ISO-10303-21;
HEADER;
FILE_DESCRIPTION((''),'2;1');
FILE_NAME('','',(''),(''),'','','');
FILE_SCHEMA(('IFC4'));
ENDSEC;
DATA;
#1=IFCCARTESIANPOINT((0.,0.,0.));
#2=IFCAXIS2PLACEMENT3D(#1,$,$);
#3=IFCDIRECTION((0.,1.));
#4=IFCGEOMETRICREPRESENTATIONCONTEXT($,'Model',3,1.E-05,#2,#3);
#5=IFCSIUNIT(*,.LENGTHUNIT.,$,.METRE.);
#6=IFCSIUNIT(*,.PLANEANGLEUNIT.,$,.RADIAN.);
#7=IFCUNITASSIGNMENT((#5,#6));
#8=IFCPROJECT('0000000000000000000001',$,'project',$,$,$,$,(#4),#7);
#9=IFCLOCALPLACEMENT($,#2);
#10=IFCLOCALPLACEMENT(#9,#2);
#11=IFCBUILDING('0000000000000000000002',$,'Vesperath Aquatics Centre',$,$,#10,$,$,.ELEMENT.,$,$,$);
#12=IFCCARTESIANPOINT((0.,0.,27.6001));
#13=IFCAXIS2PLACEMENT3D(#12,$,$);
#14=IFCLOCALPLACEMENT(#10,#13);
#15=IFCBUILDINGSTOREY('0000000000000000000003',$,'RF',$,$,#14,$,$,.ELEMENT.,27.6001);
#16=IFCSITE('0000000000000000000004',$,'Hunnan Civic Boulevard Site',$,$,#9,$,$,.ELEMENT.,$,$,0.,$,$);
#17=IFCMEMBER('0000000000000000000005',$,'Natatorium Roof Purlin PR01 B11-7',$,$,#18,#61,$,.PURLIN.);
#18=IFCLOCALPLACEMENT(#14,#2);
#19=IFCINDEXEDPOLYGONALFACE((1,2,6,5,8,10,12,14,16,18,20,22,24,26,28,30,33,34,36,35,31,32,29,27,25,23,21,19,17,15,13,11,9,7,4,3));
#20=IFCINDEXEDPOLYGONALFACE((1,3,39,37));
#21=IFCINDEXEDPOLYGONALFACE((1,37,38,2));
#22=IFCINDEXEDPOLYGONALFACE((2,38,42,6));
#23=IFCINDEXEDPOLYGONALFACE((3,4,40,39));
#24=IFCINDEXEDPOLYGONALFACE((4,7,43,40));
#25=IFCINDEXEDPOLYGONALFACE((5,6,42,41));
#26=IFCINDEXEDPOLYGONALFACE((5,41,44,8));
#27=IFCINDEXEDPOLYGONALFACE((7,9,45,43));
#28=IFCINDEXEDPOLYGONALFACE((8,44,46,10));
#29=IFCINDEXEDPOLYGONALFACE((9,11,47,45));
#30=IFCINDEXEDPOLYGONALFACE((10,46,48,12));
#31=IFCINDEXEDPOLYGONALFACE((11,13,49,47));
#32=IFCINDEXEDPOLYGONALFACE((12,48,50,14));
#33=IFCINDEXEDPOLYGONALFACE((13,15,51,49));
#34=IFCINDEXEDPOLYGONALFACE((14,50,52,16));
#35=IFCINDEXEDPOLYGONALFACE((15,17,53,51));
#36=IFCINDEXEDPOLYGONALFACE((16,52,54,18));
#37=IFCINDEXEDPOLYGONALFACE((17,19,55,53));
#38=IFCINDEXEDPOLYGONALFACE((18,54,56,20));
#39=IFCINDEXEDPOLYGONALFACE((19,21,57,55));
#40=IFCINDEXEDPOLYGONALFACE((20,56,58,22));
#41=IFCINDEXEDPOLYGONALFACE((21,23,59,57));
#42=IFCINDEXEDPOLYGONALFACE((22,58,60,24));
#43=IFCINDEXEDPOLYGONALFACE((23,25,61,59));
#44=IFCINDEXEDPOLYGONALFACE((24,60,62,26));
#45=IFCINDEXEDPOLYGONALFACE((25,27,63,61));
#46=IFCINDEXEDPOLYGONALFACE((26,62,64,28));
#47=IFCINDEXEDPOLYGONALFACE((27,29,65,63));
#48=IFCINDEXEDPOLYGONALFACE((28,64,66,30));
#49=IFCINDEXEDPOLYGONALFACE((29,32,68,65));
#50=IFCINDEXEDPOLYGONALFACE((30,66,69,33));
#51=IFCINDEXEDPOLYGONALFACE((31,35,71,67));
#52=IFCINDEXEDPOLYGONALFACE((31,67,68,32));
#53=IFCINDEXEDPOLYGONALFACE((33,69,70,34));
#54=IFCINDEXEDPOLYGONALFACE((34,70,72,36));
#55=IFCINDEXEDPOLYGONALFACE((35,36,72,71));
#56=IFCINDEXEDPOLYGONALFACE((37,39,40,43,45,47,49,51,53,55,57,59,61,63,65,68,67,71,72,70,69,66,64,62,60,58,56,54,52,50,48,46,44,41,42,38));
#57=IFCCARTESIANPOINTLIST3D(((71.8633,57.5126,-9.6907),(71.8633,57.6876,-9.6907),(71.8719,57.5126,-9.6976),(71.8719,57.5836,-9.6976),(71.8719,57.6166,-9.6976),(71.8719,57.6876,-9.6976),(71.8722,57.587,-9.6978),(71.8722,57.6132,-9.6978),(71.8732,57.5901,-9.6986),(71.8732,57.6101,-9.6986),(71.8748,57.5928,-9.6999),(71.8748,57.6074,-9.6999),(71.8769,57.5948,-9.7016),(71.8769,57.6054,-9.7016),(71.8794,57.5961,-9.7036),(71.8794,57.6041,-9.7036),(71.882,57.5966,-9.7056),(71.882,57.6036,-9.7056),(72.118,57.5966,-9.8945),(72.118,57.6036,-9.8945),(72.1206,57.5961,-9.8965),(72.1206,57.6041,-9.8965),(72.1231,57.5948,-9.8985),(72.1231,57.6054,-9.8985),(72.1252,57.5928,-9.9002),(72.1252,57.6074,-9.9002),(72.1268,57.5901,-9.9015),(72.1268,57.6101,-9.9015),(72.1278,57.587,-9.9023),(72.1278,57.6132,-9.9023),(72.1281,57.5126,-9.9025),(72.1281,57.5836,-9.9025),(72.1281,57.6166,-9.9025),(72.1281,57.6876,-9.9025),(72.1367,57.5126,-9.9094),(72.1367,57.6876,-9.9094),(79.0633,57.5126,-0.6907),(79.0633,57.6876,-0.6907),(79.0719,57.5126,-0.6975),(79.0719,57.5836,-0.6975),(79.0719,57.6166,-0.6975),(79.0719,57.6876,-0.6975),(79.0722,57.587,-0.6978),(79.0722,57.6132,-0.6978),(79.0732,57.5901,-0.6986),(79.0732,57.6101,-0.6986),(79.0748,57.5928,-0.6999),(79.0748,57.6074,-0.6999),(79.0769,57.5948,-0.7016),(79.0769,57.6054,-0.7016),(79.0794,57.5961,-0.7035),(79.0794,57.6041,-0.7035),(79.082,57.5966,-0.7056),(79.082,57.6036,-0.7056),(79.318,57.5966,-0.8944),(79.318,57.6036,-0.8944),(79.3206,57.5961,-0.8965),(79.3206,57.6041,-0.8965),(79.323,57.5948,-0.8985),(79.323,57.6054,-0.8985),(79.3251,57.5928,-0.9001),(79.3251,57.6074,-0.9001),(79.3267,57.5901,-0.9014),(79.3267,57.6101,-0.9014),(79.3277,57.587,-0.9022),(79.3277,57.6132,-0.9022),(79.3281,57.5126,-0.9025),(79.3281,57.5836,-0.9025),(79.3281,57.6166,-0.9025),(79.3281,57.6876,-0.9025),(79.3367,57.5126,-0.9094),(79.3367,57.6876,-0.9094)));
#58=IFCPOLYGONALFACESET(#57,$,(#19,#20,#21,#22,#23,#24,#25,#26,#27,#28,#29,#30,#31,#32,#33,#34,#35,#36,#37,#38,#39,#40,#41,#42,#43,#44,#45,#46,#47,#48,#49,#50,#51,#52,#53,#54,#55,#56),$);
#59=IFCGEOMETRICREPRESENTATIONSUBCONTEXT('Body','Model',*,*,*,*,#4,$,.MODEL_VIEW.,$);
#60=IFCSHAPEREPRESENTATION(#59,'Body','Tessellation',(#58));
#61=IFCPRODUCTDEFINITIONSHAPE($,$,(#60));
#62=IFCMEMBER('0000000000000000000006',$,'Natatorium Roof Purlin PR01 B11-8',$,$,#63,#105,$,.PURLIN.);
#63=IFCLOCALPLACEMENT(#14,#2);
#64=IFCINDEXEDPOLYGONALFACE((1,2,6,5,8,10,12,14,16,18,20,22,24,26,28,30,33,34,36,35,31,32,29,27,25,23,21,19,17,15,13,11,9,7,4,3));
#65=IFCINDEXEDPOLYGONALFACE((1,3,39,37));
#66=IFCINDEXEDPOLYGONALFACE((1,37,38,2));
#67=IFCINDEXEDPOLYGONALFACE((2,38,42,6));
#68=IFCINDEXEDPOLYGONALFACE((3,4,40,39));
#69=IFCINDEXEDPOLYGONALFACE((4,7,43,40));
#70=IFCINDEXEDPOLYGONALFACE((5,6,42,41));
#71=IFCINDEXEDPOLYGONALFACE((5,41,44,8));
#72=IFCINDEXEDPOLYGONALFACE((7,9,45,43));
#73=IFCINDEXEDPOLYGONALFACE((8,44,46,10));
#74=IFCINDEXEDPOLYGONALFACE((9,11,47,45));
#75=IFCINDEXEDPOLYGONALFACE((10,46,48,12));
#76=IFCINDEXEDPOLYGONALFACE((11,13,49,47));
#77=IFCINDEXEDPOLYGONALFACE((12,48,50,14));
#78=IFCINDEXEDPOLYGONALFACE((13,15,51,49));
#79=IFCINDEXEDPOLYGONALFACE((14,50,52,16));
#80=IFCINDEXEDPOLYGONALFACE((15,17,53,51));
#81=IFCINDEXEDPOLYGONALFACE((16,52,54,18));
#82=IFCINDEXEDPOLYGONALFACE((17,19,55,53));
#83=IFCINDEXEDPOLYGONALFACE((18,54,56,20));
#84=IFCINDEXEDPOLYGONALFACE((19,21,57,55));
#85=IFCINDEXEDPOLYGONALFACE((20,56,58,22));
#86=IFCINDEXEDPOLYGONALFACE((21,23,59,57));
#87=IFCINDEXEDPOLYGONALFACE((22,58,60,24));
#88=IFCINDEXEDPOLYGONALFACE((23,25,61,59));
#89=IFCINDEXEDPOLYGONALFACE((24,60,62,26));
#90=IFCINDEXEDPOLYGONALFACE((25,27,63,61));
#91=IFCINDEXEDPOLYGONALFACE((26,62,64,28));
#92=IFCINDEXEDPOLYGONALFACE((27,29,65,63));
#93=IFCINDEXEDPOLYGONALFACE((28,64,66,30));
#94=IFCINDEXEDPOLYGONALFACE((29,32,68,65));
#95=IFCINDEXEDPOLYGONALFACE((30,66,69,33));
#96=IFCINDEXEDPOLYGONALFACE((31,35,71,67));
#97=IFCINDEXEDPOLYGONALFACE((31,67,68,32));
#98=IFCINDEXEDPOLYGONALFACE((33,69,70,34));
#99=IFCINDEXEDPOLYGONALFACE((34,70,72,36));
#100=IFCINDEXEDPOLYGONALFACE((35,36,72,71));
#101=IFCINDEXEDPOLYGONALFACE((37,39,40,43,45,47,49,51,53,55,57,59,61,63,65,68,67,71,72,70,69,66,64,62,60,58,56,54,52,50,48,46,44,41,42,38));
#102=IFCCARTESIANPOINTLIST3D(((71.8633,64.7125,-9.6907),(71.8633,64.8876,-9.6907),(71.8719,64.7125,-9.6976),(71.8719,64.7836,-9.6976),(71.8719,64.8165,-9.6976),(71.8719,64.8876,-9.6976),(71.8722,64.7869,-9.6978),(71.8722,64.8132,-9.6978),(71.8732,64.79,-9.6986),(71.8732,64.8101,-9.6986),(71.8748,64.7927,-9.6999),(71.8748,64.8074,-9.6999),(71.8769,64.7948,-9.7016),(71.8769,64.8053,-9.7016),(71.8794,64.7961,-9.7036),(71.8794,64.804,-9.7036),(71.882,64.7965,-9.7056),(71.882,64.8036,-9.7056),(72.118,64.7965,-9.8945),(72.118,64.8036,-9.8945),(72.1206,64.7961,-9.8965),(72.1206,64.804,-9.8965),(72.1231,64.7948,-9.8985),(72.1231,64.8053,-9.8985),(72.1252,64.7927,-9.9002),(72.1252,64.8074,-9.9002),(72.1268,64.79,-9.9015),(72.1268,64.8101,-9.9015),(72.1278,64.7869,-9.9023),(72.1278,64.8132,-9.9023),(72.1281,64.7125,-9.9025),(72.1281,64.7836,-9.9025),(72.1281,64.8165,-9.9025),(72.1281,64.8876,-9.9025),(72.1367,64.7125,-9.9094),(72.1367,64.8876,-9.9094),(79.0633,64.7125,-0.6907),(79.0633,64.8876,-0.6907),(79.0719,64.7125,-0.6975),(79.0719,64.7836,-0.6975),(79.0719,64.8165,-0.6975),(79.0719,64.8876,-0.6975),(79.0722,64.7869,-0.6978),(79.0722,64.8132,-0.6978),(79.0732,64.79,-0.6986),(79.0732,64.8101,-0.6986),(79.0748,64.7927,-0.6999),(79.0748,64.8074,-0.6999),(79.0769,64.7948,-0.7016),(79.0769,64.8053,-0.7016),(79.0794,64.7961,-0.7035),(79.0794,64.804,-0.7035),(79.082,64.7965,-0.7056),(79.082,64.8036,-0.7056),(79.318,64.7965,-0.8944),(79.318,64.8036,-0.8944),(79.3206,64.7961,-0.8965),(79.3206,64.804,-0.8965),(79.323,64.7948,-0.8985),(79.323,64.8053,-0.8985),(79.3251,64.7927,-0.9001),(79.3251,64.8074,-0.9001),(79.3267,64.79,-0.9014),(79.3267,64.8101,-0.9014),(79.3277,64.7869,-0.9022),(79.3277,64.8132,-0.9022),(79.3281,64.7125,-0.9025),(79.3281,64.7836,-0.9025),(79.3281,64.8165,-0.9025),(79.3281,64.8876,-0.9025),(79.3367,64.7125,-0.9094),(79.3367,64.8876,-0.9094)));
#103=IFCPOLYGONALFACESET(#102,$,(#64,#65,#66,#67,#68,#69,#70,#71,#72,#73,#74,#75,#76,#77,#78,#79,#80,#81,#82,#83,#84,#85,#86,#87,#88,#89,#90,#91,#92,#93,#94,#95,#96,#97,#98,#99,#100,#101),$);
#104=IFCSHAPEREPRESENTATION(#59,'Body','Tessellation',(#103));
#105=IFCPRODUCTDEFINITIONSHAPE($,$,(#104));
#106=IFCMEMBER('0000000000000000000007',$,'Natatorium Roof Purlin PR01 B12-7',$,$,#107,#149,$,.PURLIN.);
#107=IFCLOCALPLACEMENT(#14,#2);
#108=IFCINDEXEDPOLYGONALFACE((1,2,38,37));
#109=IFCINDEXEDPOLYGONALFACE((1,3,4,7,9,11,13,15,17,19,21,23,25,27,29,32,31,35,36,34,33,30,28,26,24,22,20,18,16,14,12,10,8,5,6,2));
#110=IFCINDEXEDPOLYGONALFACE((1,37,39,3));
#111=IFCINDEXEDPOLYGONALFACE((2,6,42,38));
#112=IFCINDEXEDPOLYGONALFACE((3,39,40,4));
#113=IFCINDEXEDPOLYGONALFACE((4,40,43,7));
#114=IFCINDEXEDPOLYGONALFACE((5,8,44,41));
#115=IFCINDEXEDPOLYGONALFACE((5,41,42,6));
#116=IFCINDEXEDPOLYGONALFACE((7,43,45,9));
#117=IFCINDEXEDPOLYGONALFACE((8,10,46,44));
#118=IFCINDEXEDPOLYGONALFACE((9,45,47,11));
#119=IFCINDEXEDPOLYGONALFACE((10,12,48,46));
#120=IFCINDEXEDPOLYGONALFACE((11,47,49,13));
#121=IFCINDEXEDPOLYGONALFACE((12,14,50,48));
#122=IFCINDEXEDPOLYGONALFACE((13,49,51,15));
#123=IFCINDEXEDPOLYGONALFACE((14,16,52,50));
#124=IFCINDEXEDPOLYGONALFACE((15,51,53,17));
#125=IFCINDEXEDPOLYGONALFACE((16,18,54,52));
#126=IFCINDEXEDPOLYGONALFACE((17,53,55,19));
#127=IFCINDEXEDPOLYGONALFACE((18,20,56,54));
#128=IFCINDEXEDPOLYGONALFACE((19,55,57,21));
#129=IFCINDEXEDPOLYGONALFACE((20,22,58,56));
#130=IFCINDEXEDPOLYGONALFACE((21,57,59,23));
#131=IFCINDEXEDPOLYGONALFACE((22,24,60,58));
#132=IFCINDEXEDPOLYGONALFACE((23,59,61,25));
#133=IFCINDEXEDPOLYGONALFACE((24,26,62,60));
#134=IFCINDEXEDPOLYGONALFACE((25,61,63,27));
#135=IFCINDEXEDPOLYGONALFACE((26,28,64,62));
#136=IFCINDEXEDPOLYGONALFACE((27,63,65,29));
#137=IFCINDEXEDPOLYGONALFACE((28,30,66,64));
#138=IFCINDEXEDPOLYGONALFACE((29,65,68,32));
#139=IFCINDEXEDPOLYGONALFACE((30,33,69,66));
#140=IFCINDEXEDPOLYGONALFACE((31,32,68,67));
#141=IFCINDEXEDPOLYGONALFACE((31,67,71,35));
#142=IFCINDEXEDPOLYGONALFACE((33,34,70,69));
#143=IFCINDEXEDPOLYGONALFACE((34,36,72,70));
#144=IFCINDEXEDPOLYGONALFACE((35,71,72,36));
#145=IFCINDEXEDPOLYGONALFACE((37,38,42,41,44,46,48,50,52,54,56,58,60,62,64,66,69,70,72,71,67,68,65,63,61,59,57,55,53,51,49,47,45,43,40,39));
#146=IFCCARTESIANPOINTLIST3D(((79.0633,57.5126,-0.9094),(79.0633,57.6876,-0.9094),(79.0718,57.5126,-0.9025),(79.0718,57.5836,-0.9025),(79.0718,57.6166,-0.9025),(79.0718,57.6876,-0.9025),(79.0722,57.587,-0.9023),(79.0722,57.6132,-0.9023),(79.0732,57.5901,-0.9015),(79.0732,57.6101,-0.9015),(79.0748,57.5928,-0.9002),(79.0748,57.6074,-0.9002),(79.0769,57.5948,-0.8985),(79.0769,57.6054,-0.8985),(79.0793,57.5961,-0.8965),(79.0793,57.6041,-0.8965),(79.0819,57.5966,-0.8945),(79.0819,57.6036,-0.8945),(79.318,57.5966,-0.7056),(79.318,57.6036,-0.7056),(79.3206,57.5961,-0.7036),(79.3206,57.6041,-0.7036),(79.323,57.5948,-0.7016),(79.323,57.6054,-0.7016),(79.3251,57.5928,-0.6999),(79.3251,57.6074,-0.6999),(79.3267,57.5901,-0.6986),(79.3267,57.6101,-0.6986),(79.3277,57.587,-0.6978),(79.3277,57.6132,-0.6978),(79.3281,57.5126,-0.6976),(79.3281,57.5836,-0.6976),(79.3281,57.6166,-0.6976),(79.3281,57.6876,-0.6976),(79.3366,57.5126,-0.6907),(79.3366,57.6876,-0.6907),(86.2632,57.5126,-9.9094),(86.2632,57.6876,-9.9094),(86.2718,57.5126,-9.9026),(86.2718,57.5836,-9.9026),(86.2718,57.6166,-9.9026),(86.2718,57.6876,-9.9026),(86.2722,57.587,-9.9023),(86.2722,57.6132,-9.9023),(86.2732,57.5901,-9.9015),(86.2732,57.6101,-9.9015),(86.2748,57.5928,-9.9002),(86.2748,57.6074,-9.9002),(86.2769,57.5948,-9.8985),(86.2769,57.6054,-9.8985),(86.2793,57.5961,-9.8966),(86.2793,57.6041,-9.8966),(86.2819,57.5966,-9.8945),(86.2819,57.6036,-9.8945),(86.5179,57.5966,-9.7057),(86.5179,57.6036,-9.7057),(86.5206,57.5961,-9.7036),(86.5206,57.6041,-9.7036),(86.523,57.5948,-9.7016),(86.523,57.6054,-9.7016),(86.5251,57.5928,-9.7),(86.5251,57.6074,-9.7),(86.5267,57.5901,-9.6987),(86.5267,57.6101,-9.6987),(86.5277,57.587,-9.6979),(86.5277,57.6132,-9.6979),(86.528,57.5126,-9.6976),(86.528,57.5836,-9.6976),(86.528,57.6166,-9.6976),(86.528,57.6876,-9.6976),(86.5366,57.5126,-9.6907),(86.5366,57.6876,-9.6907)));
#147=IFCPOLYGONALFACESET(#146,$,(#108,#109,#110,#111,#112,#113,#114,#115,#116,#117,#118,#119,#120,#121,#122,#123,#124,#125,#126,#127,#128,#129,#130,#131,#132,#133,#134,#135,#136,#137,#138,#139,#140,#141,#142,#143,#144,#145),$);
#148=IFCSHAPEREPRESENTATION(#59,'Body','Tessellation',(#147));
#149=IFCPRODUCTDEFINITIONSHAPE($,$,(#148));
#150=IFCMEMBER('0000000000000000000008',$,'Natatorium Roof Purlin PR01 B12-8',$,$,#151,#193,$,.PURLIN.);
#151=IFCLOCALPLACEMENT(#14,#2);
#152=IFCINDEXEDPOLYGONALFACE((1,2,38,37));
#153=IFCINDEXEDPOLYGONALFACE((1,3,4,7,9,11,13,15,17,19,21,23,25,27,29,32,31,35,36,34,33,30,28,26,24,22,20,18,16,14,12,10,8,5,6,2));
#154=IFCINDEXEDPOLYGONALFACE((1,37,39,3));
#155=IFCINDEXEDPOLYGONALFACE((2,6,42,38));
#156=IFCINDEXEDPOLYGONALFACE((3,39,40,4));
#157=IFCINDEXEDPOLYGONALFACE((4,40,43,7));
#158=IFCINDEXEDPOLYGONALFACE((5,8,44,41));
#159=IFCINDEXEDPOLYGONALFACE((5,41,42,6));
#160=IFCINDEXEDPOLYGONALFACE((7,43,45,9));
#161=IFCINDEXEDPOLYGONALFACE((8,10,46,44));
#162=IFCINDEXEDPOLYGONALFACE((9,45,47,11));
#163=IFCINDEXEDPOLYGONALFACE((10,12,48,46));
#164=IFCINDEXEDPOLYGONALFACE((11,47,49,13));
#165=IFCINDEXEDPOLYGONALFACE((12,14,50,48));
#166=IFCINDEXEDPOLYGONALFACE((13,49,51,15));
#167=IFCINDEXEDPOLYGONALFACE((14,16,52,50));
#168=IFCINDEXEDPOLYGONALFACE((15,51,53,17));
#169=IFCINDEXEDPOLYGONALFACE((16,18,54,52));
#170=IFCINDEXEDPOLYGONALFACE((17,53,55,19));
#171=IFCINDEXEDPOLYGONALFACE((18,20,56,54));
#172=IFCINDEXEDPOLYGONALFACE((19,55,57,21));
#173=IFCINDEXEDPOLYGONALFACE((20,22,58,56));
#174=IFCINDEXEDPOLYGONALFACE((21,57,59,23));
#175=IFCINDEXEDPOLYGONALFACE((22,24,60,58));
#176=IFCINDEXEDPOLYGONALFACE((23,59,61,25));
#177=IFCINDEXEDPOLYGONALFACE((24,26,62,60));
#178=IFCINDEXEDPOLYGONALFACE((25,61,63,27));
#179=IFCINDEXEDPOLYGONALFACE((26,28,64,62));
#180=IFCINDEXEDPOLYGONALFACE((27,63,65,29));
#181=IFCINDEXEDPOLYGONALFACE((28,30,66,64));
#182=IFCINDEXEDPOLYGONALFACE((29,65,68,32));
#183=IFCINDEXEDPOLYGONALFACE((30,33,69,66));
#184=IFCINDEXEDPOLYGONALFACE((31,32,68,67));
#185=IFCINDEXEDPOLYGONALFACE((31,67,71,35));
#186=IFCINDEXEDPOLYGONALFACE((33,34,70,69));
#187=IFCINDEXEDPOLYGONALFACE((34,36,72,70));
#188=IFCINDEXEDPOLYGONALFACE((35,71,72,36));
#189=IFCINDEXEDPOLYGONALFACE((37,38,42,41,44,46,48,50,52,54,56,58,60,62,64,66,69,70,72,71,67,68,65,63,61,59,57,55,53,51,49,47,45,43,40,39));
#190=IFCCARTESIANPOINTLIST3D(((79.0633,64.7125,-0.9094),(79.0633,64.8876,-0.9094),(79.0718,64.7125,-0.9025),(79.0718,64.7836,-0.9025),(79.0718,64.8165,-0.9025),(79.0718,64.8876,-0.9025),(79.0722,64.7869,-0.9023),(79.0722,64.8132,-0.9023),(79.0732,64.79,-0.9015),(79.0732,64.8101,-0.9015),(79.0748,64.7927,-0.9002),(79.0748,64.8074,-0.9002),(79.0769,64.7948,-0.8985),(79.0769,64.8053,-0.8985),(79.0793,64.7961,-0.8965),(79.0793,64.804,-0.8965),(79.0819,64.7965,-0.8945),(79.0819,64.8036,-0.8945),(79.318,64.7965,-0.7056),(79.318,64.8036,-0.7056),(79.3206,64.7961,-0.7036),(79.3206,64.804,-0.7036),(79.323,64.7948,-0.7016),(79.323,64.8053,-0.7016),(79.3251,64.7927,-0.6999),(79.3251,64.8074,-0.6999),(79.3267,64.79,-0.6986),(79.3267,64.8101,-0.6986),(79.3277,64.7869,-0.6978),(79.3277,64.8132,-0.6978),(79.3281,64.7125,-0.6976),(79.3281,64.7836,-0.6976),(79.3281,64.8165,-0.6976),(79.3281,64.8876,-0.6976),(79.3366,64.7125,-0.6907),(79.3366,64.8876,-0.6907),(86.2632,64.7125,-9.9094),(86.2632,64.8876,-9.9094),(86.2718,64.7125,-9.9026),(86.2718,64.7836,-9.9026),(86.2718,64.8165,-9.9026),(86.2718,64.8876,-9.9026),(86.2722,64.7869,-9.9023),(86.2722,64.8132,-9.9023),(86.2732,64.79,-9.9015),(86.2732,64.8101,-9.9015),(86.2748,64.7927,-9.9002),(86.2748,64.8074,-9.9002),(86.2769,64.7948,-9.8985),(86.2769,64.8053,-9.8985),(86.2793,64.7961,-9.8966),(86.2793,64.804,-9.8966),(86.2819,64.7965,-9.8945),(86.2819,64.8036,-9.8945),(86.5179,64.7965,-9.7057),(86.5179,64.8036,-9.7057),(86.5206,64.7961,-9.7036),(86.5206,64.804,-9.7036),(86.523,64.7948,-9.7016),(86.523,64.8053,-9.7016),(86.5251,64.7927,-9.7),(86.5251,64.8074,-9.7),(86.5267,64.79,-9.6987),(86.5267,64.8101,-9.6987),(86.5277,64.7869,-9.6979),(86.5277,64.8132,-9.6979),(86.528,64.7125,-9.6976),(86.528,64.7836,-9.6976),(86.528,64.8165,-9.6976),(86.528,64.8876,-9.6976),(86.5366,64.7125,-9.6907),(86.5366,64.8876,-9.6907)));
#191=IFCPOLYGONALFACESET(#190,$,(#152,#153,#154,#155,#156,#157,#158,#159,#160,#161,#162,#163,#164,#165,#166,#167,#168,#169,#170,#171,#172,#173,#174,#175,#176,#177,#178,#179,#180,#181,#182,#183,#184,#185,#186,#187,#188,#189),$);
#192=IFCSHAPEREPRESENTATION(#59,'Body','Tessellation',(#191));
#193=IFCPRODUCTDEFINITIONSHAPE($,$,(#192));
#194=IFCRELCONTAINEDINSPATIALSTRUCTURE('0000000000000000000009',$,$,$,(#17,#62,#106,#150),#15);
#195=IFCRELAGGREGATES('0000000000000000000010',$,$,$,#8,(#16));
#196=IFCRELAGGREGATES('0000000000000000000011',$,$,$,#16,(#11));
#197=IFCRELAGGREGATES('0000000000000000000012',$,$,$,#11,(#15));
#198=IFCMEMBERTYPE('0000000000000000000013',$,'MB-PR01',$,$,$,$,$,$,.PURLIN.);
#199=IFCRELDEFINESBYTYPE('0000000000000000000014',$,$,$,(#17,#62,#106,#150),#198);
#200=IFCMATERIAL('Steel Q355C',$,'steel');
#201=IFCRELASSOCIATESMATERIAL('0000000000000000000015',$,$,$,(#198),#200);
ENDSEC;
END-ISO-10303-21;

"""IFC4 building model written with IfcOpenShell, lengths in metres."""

from ifc_helpers import new_model, si_unit, direction, frame, origin, origin_2d, place, context, subcontext, project, spatial, i_section, extrude, material, material_profile, profile_set, type_object, element, save


model = new_model("IFC4")

# Units and contexts
model_context = context("Model", 3, precision=1e-05, world=origin(), true_north=direction((0.0, 1.0)))
body_context = subcontext(model_context, "Body", "Model", "MODEL_VIEW")
ifc_project = project(units=[si_unit("LENGTHUNIT", "METRE"), si_unit("PLANEANGLEUNIT", "RADIAN")], contexts=[model_context])

# Site, building, storey
site_placement = place(None, origin())
site = spatial("IfcSite", under=ifc_project, at=site_placement, Name="Hunnan Civic Boulevard Site", CompositionType="ELEMENT", RefElevation=0.0)
building_placement = place(site_placement, origin())
building = spatial("IfcBuilding", under=site, at=building_placement, Name="Vesperath Aquatics Centre", CompositionType="ELEMENT")
storey_placement = place(building_placement, frame((0.0, 0.0, 27.6001)))
storey = spatial("IfcBuildingStorey", under=building, at=storey_placement, Name="RF", CompositionType="ELEMENT", Elevation=27.6001)

# Shared definitions
ifc_material_1 = material(Name="Steel Q355C", Category="steel")

# Members
ifc_material_profile_1 = material_profile(ifc_material_1, i_section(OverallWidth=0.175, OverallDepth=0.3501, WebThickness=0.0071, FlangeThickness=0.011, FilletRadius=0.0129, at=origin_2d()), Name="HN 350x175x7x11")
ifc_profile_set_1 = profile_set([ifc_material_profile_1], Name="Steel Q355C")
member_type_1 = type_object("IfcMemberType", Name="MB-PR01", PredefinedType="PURLIN", material=ifc_profile_set_1)
for number, where, z_axis, x_axis, name in (
    (1, (72.0, 57.6001, -9.8), (0.624692, 0.0, 0.780871), (0.0, 1.0, 0.0), "Natatorium Roof Purlin PR01 B11-7"),
    (2, (72.0, 64.8, -9.8), (0.624692, 0.0, 0.780871), (0.0, 1.0, 0.0), "Natatorium Roof Purlin PR01 B11-8"),
    (3, (79.2, 57.6001, -0.8), (0.624692, 0.0, -0.780871), (0.0, 1.0, 0.0), "Natatorium Roof Purlin PR01 B12-7"),
    (4, (79.2, 64.8, -0.8), (0.624692, 0.0, -0.780871), (0.0, 1.0, 0.0), "Natatorium Roof Purlin PR01 B12-8"),
):
    element("IfcMember", number, at=place(storey_placement, frame(where, z_axis=z_axis, x_axis=x_axis)), inside=storey, type_object=member_type_1, Name=name, PredefinedType="PURLIN", context=body_context, shape_type="SweptSolid", body=[
        extrude(i_section(OverallWidth=0.175, OverallDepth=0.3501, WebThickness=0.0071, FlangeThickness=0.011, FilletRadius=0.0129, at=origin_2d()), origin(), (0.0, 0.0, 1.0), 11.5256),
    ])

save(model, "model.ifc")
